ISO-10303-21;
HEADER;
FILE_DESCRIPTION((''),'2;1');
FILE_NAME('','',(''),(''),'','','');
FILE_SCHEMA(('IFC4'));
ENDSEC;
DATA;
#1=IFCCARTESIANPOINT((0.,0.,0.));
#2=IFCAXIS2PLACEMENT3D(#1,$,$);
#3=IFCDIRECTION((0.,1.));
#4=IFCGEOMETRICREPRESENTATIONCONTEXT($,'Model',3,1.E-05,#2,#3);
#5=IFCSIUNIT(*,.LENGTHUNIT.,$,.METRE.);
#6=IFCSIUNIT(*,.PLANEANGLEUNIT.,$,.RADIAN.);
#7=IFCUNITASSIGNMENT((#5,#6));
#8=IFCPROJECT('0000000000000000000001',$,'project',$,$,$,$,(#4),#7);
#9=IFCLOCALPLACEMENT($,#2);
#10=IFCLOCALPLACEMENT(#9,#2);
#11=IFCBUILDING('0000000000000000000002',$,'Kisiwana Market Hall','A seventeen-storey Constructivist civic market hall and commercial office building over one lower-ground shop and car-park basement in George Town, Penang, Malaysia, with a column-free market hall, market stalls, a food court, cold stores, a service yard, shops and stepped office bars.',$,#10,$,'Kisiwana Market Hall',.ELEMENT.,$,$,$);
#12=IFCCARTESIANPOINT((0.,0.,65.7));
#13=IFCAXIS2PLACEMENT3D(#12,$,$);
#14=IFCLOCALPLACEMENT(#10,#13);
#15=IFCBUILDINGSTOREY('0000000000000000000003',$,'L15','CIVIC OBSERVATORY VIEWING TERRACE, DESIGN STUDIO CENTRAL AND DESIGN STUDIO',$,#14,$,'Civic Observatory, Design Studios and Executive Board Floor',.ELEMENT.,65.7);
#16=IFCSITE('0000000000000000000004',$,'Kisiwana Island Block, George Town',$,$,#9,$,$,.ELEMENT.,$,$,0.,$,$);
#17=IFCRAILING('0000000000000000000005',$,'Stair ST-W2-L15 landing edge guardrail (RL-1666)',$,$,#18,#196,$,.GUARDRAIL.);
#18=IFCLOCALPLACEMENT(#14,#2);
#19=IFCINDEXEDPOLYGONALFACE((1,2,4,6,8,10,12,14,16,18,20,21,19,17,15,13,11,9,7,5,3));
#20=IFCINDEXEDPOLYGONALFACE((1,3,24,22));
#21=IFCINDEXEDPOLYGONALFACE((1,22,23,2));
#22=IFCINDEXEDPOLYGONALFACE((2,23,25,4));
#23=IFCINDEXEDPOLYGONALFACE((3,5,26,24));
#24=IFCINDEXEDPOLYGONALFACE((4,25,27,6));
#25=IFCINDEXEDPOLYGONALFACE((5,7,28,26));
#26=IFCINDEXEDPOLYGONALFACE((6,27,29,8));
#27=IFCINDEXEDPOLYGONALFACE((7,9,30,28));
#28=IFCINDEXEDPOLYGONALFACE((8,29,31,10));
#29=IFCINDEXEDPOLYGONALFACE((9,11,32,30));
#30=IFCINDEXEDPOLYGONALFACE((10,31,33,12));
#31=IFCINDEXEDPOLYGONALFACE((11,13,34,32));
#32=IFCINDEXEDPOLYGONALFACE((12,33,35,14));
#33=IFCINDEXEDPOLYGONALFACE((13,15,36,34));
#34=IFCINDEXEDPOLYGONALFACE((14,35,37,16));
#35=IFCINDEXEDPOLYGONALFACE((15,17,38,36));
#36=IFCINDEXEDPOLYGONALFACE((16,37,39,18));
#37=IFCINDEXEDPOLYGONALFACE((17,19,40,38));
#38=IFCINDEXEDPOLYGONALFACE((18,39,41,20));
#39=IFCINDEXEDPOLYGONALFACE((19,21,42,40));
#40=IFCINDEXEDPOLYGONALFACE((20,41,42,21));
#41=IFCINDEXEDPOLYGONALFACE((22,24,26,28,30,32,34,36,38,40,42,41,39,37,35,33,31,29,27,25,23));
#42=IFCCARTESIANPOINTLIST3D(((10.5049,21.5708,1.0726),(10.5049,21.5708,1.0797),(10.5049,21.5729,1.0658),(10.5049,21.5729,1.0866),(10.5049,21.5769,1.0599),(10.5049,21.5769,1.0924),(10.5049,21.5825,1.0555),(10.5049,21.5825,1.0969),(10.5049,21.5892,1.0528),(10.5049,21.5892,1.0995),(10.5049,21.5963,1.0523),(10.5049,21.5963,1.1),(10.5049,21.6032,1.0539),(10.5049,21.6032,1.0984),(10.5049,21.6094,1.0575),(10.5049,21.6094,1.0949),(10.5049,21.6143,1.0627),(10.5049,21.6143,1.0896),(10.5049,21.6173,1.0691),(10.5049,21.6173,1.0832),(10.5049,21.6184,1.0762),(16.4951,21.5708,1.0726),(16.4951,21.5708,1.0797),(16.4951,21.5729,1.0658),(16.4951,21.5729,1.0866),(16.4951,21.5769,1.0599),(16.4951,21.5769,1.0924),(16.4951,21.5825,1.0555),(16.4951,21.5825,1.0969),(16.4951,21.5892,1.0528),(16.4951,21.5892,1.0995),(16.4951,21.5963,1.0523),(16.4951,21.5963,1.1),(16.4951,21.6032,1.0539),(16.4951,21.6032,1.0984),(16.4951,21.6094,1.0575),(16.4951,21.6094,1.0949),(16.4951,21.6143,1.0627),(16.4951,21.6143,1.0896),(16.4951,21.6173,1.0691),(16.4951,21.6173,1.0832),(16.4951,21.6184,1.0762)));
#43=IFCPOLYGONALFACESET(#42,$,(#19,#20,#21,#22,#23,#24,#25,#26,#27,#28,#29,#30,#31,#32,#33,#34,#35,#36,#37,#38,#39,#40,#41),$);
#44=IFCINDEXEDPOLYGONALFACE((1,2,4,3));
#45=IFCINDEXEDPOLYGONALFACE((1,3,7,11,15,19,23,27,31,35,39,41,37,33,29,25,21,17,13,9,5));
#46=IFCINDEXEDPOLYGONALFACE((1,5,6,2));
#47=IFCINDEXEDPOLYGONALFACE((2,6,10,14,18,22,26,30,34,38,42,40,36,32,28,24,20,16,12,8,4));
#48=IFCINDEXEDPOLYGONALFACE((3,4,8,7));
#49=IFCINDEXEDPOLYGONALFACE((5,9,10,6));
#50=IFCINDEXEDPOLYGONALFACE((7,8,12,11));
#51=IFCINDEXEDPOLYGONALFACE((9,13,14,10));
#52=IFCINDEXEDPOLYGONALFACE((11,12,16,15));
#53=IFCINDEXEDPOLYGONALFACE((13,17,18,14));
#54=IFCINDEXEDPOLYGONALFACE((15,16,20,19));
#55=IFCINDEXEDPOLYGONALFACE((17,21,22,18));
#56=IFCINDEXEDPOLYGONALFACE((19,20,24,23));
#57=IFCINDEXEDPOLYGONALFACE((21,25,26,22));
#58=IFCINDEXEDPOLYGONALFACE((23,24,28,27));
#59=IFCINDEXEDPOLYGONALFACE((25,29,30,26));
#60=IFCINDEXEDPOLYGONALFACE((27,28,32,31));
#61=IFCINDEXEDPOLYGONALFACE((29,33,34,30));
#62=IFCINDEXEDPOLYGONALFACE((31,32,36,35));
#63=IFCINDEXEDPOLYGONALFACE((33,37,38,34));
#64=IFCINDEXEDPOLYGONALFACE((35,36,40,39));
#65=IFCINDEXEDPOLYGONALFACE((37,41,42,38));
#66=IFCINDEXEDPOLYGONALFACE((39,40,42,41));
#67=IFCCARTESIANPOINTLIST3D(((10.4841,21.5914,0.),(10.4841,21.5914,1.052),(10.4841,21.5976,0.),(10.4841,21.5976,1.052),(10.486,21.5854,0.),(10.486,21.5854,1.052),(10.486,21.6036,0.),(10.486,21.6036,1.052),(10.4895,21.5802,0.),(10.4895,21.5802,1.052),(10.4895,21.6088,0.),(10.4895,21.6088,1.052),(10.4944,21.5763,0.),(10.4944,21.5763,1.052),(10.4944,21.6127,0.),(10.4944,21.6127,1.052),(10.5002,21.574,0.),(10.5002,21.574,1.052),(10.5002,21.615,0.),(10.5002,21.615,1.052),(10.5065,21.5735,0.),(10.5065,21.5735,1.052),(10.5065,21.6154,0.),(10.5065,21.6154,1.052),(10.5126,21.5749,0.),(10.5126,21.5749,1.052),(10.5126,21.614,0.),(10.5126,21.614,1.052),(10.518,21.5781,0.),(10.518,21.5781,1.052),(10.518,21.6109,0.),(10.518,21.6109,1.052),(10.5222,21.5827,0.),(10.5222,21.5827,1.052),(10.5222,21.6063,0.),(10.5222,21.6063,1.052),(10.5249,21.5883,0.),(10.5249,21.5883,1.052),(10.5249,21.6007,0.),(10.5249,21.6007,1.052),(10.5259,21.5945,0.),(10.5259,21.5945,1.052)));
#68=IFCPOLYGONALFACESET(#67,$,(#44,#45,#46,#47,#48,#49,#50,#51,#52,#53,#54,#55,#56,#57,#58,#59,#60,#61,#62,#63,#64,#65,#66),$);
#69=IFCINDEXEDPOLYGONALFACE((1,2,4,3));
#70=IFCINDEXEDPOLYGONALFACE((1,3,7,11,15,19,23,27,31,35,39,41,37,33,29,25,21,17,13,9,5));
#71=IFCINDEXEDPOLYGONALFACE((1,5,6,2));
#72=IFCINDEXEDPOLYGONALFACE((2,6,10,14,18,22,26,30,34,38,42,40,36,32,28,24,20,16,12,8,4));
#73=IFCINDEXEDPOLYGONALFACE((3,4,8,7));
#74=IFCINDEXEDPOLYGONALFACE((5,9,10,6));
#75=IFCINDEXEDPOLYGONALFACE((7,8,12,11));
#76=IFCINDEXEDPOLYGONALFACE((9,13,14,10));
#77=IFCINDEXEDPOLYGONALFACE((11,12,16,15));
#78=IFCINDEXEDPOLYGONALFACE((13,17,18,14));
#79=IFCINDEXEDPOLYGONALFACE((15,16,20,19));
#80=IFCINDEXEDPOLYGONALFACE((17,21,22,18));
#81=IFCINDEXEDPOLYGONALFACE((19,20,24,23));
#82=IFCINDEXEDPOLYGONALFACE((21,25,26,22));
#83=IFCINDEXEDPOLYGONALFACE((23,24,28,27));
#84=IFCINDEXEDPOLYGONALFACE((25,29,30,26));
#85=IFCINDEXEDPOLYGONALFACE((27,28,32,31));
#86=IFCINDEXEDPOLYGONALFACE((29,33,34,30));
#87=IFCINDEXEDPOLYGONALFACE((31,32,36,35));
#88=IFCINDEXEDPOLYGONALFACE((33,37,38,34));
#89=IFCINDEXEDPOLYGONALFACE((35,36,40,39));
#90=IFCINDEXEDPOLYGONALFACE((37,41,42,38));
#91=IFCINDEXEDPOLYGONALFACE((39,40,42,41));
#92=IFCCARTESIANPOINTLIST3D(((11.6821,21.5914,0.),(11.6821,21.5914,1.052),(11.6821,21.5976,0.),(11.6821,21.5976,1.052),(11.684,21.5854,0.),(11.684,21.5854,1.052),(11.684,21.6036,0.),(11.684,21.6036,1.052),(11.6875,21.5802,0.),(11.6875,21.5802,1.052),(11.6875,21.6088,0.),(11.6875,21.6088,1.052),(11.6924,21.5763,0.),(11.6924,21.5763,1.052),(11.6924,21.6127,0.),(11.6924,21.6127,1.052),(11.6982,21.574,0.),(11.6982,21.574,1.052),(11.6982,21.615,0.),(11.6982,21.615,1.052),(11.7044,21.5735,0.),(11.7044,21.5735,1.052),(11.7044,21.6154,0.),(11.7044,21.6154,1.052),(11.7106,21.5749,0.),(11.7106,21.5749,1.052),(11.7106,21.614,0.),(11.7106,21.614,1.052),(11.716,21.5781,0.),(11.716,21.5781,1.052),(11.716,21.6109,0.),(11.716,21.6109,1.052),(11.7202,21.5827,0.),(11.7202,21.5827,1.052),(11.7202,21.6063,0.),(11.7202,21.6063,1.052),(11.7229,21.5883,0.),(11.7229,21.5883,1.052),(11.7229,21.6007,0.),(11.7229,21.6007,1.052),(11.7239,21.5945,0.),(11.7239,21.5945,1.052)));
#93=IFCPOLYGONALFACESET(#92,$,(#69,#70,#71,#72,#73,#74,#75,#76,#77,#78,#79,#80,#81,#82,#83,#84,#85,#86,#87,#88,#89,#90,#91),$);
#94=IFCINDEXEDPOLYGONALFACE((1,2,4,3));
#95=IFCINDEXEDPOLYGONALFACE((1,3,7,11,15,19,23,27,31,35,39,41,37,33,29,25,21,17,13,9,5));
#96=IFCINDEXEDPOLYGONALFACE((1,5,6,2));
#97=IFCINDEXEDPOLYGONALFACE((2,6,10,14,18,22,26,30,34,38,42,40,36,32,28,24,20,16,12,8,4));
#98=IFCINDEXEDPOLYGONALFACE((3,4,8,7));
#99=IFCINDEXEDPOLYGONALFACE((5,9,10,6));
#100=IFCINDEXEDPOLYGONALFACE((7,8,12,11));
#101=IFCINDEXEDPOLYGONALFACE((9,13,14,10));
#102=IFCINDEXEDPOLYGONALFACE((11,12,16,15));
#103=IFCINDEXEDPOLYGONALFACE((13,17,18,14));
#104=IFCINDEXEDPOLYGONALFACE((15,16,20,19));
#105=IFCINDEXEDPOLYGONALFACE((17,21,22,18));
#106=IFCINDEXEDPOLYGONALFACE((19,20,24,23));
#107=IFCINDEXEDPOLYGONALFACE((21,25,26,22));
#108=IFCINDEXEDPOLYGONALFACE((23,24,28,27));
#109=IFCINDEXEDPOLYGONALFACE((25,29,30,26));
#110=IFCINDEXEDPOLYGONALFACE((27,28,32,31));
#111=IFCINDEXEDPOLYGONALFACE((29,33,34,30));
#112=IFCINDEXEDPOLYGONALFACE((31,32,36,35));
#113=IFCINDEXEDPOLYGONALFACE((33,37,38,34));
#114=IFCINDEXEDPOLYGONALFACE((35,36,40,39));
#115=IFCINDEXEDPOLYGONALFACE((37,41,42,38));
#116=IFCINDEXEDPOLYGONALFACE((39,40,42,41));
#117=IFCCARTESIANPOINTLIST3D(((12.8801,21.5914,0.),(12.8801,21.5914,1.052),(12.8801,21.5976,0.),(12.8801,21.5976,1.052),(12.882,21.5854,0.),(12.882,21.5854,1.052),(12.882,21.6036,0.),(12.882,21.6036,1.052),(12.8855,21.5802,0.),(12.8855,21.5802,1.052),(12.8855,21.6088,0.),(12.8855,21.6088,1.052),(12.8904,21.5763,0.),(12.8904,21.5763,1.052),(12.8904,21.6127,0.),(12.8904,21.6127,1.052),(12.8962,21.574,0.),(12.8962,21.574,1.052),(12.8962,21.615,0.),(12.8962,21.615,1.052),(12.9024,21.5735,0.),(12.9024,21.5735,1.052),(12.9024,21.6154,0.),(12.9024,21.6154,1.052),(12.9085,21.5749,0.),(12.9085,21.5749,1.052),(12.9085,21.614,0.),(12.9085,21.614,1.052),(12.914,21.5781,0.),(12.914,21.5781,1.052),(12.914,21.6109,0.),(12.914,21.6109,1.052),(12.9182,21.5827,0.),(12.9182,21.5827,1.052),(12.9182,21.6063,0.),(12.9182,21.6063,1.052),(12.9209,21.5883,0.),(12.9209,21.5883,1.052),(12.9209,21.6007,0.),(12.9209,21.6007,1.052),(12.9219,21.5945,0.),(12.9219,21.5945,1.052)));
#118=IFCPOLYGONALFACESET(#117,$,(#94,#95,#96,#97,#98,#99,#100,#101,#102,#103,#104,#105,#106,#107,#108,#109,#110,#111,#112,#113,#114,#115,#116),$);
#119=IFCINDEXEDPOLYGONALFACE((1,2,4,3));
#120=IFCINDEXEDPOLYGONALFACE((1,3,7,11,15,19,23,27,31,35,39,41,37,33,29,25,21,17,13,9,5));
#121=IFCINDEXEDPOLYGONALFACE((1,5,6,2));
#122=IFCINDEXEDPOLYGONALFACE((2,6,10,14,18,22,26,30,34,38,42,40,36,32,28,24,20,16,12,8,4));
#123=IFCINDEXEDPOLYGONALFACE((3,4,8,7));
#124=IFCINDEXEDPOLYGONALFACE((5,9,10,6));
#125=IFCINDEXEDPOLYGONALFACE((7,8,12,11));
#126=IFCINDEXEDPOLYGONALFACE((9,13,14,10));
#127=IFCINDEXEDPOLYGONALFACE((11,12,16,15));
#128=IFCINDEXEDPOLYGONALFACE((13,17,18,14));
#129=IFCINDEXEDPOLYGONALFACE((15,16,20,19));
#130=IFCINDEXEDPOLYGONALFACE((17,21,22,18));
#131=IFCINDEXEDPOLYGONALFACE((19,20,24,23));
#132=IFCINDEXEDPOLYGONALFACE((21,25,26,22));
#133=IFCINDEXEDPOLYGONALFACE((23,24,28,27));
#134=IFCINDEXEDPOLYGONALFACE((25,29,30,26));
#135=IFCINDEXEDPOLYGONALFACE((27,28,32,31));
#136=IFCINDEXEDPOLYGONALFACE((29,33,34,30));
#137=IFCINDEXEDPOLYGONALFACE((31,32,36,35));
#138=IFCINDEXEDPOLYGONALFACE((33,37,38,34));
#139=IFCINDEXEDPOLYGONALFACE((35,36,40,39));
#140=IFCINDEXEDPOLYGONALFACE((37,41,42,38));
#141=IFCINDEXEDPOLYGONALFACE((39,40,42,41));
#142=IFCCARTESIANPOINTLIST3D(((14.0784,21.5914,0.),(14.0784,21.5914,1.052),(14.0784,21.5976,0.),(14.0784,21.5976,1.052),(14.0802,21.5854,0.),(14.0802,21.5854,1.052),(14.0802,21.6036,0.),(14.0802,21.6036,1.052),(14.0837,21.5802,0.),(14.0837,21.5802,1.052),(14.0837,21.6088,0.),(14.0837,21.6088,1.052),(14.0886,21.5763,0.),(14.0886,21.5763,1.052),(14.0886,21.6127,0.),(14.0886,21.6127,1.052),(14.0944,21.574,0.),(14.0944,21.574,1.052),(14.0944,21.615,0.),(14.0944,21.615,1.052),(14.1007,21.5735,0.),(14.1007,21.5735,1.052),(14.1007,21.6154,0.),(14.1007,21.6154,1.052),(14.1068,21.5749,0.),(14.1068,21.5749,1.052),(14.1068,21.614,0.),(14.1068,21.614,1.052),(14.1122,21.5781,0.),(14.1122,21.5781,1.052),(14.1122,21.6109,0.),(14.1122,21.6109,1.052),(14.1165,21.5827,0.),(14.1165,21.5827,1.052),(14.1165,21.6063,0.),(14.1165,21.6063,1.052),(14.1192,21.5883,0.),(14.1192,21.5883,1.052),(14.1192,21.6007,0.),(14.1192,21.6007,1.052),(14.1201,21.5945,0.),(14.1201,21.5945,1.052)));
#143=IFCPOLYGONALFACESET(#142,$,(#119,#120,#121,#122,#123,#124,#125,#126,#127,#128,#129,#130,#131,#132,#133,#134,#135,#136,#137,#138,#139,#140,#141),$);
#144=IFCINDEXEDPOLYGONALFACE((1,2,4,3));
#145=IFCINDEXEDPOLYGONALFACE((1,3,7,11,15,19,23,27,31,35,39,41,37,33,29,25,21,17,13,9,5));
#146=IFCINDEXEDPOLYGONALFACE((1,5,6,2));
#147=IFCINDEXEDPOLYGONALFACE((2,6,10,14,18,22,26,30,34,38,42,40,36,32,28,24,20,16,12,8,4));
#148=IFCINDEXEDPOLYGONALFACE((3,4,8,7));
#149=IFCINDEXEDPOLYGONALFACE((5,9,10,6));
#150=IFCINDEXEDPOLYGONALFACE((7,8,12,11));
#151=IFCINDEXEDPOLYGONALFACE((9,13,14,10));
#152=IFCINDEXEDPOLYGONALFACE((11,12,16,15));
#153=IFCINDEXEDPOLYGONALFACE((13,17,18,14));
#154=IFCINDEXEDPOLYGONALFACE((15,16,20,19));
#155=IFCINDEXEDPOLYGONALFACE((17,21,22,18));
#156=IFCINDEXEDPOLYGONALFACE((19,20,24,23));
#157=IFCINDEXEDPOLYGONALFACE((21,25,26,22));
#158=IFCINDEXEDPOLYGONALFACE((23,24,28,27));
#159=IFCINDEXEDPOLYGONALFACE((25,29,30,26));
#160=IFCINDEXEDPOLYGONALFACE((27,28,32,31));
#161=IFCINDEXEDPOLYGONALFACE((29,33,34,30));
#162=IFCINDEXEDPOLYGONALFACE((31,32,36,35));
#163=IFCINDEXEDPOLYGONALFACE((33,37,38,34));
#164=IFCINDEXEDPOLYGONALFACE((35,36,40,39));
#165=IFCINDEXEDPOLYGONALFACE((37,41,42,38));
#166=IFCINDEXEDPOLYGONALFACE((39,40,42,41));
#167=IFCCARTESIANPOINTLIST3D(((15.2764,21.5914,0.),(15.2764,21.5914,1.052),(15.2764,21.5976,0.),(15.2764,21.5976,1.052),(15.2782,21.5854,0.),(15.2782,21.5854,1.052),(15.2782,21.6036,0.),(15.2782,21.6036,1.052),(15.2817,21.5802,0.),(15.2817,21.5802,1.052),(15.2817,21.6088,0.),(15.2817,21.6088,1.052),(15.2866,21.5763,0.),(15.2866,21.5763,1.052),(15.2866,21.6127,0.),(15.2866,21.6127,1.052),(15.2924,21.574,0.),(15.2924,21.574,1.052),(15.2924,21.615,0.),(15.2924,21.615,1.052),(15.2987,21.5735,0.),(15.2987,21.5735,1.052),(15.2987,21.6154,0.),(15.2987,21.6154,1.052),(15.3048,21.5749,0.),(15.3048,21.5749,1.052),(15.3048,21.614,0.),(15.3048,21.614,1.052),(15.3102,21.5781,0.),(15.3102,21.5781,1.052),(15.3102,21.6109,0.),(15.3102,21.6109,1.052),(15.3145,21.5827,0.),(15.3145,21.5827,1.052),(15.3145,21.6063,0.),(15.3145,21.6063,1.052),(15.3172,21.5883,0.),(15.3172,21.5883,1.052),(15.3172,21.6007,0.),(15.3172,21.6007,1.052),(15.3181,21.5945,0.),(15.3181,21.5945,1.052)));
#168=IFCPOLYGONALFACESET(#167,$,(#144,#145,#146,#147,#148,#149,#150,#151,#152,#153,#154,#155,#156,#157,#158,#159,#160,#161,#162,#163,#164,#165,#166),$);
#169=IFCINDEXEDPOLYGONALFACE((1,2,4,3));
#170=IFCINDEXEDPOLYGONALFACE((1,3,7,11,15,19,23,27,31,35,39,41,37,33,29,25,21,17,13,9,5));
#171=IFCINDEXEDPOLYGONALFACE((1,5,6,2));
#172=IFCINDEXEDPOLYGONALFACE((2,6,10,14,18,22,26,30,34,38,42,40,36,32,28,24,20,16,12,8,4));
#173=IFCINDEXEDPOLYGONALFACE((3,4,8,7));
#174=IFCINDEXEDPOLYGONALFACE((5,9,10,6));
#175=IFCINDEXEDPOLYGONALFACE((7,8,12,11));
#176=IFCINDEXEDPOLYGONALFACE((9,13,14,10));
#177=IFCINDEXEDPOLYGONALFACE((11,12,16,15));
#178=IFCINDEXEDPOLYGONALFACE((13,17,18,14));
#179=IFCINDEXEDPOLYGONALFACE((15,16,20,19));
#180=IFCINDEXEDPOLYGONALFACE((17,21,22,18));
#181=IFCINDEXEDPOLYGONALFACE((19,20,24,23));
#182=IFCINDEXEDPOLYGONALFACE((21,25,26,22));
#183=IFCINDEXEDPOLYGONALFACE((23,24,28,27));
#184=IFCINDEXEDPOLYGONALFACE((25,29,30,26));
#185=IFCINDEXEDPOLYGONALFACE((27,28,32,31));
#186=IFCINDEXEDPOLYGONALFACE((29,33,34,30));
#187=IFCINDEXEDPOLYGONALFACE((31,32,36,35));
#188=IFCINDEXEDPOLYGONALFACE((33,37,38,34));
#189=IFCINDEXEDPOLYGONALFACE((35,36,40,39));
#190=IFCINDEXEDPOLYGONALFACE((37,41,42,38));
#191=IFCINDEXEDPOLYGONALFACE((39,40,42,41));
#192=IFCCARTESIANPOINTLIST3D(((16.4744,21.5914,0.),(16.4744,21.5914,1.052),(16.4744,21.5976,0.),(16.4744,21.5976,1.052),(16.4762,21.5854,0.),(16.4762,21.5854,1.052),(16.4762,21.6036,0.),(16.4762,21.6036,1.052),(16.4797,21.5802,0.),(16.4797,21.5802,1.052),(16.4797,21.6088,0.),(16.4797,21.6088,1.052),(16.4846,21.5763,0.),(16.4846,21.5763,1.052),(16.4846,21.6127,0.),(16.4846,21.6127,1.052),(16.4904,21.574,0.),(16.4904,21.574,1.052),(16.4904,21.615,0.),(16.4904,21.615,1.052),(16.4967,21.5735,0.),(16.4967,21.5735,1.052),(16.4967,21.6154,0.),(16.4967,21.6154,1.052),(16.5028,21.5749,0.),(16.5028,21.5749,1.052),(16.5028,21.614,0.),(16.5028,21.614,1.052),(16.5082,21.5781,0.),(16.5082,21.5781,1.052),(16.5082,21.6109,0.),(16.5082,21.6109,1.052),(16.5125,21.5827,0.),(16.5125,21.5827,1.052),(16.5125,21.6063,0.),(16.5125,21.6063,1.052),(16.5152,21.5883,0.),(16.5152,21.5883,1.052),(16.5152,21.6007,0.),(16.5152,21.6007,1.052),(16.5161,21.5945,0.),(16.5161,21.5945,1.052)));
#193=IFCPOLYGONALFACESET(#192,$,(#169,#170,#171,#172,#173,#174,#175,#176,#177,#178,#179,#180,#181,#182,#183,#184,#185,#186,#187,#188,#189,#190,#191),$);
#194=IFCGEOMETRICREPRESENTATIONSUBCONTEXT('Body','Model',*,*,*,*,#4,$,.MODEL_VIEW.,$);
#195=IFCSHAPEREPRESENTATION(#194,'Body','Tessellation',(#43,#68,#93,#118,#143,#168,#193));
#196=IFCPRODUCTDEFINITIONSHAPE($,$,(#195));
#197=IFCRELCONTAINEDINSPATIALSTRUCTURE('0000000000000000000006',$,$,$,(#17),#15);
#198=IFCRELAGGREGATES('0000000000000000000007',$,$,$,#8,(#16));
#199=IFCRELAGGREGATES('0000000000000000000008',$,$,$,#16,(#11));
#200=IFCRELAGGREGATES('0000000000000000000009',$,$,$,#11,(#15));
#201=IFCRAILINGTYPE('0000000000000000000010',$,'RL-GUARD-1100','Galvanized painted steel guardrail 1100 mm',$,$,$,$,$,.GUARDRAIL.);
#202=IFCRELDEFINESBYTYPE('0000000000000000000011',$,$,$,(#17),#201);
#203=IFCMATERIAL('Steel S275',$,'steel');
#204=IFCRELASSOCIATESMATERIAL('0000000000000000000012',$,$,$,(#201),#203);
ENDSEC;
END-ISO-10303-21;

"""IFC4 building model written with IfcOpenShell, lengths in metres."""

from ifc_helpers import new_model, si_unit, direction, frame, origin, origin_2d, place, context, subcontext, project, spatial, circle, extrude, material, type_object, element, save


model = new_model("IFC4")

# Units and contexts
model_context = context("Model", 3, precision=1e-05, world=origin(), true_north=direction((0.0, 1.0)))
body_context = subcontext(model_context, "Body", "Model", "MODEL_VIEW")
ifc_project = project(units=[si_unit("LENGTHUNIT", "METRE"), si_unit("PLANEANGLEUNIT", "RADIAN")], contexts=[model_context])

# Site, building, storey
site_placement = place(None, origin())
site = spatial("IfcSite", under=ifc_project, at=site_placement, Name="Kisiwana Island Block, George Town", CompositionType="ELEMENT", RefElevation=0.0)
building_placement = place(site_placement, origin())
building = spatial("IfcBuilding", under=site, at=building_placement, Name="Kisiwana Market Hall", Description="A seventeen-storey Constructivist civic market hall and commercial office building over one lower-ground shop and car-park basement in George Town, Penang, Malaysia, with a column-free market hall, market stalls, a food court, cold stores, a service yard, shops and stepped office bars.", LongName="Kisiwana Market Hall", CompositionType="ELEMENT")
storey_placement = place(building_placement, frame((0.0, 0.0, 65.7)))
storey = spatial("IfcBuildingStorey", under=building, at=storey_placement, Name="L15", Description="CIVIC OBSERVATORY VIEWING TERRACE, DESIGN STUDIO CENTRAL AND DESIGN STUDIO", LongName="Civic Observatory, Design Studios and Executive Board Floor", CompositionType="ELEMENT", Elevation=65.7)

# Railing
ifc_material_1 = material(Name="Steel S275", Category="steel")
railing_type_1 = type_object("IfcRailingType", Name="RL-GUARD-1100", Description="Galvanized painted steel guardrail 1100 mm", PredefinedType="GUARDRAIL", material=ifc_material_1)
railing_1_placement = place(storey_placement, frame((10.5049, 21.5945, 0.0)))
element("IfcRailing", 1, at=railing_1_placement, inside=storey, type_object=railing_type_1, Name="Stair ST-W2-L15 landing edge guardrail (RL-1666)", PredefinedType="GUARDRAIL", context=body_context, shape_type="SweptSolid", body=[
    extrude(circle(Radius=0.0239, at=origin_2d()), frame((0.0, 0.0, 1.0762), z_axis=(1.0, 0.0, 0.0), x_axis=(0.0, 1.0, 0.0)), (0.0, 0.0, 1.0), 5.9902),
    extrude(circle(Radius=0.021, at=origin_2d()), origin(), (0.0, 0.0, 1.0), 1.052),
    extrude(circle(Radius=0.021, at=origin_2d()), frame((1.198, 0.0, 0.0)), (0.0, 0.0, 1.0), 1.052),
    extrude(circle(Radius=0.021, at=origin_2d()), frame((2.396, 0.0, 0.0)), (0.0, 0.0, 1.0), 1.052),
    extrude(circle(Radius=0.021, at=origin_2d()), frame((3.5942, 0.0, 0.0)), (0.0, 0.0, 1.0), 1.052),
    extrude(circle(Radius=0.021, at=origin_2d()), frame((4.7922, 0.0, 0.0)), (0.0, 0.0, 1.0), 1.052),
    extrude(circle(Radius=0.021, at=origin_2d()), frame((5.9902, 0.0, 0.0)), (0.0, 0.0, 1.0), 1.052),
])

save(model, "model.ifc")
